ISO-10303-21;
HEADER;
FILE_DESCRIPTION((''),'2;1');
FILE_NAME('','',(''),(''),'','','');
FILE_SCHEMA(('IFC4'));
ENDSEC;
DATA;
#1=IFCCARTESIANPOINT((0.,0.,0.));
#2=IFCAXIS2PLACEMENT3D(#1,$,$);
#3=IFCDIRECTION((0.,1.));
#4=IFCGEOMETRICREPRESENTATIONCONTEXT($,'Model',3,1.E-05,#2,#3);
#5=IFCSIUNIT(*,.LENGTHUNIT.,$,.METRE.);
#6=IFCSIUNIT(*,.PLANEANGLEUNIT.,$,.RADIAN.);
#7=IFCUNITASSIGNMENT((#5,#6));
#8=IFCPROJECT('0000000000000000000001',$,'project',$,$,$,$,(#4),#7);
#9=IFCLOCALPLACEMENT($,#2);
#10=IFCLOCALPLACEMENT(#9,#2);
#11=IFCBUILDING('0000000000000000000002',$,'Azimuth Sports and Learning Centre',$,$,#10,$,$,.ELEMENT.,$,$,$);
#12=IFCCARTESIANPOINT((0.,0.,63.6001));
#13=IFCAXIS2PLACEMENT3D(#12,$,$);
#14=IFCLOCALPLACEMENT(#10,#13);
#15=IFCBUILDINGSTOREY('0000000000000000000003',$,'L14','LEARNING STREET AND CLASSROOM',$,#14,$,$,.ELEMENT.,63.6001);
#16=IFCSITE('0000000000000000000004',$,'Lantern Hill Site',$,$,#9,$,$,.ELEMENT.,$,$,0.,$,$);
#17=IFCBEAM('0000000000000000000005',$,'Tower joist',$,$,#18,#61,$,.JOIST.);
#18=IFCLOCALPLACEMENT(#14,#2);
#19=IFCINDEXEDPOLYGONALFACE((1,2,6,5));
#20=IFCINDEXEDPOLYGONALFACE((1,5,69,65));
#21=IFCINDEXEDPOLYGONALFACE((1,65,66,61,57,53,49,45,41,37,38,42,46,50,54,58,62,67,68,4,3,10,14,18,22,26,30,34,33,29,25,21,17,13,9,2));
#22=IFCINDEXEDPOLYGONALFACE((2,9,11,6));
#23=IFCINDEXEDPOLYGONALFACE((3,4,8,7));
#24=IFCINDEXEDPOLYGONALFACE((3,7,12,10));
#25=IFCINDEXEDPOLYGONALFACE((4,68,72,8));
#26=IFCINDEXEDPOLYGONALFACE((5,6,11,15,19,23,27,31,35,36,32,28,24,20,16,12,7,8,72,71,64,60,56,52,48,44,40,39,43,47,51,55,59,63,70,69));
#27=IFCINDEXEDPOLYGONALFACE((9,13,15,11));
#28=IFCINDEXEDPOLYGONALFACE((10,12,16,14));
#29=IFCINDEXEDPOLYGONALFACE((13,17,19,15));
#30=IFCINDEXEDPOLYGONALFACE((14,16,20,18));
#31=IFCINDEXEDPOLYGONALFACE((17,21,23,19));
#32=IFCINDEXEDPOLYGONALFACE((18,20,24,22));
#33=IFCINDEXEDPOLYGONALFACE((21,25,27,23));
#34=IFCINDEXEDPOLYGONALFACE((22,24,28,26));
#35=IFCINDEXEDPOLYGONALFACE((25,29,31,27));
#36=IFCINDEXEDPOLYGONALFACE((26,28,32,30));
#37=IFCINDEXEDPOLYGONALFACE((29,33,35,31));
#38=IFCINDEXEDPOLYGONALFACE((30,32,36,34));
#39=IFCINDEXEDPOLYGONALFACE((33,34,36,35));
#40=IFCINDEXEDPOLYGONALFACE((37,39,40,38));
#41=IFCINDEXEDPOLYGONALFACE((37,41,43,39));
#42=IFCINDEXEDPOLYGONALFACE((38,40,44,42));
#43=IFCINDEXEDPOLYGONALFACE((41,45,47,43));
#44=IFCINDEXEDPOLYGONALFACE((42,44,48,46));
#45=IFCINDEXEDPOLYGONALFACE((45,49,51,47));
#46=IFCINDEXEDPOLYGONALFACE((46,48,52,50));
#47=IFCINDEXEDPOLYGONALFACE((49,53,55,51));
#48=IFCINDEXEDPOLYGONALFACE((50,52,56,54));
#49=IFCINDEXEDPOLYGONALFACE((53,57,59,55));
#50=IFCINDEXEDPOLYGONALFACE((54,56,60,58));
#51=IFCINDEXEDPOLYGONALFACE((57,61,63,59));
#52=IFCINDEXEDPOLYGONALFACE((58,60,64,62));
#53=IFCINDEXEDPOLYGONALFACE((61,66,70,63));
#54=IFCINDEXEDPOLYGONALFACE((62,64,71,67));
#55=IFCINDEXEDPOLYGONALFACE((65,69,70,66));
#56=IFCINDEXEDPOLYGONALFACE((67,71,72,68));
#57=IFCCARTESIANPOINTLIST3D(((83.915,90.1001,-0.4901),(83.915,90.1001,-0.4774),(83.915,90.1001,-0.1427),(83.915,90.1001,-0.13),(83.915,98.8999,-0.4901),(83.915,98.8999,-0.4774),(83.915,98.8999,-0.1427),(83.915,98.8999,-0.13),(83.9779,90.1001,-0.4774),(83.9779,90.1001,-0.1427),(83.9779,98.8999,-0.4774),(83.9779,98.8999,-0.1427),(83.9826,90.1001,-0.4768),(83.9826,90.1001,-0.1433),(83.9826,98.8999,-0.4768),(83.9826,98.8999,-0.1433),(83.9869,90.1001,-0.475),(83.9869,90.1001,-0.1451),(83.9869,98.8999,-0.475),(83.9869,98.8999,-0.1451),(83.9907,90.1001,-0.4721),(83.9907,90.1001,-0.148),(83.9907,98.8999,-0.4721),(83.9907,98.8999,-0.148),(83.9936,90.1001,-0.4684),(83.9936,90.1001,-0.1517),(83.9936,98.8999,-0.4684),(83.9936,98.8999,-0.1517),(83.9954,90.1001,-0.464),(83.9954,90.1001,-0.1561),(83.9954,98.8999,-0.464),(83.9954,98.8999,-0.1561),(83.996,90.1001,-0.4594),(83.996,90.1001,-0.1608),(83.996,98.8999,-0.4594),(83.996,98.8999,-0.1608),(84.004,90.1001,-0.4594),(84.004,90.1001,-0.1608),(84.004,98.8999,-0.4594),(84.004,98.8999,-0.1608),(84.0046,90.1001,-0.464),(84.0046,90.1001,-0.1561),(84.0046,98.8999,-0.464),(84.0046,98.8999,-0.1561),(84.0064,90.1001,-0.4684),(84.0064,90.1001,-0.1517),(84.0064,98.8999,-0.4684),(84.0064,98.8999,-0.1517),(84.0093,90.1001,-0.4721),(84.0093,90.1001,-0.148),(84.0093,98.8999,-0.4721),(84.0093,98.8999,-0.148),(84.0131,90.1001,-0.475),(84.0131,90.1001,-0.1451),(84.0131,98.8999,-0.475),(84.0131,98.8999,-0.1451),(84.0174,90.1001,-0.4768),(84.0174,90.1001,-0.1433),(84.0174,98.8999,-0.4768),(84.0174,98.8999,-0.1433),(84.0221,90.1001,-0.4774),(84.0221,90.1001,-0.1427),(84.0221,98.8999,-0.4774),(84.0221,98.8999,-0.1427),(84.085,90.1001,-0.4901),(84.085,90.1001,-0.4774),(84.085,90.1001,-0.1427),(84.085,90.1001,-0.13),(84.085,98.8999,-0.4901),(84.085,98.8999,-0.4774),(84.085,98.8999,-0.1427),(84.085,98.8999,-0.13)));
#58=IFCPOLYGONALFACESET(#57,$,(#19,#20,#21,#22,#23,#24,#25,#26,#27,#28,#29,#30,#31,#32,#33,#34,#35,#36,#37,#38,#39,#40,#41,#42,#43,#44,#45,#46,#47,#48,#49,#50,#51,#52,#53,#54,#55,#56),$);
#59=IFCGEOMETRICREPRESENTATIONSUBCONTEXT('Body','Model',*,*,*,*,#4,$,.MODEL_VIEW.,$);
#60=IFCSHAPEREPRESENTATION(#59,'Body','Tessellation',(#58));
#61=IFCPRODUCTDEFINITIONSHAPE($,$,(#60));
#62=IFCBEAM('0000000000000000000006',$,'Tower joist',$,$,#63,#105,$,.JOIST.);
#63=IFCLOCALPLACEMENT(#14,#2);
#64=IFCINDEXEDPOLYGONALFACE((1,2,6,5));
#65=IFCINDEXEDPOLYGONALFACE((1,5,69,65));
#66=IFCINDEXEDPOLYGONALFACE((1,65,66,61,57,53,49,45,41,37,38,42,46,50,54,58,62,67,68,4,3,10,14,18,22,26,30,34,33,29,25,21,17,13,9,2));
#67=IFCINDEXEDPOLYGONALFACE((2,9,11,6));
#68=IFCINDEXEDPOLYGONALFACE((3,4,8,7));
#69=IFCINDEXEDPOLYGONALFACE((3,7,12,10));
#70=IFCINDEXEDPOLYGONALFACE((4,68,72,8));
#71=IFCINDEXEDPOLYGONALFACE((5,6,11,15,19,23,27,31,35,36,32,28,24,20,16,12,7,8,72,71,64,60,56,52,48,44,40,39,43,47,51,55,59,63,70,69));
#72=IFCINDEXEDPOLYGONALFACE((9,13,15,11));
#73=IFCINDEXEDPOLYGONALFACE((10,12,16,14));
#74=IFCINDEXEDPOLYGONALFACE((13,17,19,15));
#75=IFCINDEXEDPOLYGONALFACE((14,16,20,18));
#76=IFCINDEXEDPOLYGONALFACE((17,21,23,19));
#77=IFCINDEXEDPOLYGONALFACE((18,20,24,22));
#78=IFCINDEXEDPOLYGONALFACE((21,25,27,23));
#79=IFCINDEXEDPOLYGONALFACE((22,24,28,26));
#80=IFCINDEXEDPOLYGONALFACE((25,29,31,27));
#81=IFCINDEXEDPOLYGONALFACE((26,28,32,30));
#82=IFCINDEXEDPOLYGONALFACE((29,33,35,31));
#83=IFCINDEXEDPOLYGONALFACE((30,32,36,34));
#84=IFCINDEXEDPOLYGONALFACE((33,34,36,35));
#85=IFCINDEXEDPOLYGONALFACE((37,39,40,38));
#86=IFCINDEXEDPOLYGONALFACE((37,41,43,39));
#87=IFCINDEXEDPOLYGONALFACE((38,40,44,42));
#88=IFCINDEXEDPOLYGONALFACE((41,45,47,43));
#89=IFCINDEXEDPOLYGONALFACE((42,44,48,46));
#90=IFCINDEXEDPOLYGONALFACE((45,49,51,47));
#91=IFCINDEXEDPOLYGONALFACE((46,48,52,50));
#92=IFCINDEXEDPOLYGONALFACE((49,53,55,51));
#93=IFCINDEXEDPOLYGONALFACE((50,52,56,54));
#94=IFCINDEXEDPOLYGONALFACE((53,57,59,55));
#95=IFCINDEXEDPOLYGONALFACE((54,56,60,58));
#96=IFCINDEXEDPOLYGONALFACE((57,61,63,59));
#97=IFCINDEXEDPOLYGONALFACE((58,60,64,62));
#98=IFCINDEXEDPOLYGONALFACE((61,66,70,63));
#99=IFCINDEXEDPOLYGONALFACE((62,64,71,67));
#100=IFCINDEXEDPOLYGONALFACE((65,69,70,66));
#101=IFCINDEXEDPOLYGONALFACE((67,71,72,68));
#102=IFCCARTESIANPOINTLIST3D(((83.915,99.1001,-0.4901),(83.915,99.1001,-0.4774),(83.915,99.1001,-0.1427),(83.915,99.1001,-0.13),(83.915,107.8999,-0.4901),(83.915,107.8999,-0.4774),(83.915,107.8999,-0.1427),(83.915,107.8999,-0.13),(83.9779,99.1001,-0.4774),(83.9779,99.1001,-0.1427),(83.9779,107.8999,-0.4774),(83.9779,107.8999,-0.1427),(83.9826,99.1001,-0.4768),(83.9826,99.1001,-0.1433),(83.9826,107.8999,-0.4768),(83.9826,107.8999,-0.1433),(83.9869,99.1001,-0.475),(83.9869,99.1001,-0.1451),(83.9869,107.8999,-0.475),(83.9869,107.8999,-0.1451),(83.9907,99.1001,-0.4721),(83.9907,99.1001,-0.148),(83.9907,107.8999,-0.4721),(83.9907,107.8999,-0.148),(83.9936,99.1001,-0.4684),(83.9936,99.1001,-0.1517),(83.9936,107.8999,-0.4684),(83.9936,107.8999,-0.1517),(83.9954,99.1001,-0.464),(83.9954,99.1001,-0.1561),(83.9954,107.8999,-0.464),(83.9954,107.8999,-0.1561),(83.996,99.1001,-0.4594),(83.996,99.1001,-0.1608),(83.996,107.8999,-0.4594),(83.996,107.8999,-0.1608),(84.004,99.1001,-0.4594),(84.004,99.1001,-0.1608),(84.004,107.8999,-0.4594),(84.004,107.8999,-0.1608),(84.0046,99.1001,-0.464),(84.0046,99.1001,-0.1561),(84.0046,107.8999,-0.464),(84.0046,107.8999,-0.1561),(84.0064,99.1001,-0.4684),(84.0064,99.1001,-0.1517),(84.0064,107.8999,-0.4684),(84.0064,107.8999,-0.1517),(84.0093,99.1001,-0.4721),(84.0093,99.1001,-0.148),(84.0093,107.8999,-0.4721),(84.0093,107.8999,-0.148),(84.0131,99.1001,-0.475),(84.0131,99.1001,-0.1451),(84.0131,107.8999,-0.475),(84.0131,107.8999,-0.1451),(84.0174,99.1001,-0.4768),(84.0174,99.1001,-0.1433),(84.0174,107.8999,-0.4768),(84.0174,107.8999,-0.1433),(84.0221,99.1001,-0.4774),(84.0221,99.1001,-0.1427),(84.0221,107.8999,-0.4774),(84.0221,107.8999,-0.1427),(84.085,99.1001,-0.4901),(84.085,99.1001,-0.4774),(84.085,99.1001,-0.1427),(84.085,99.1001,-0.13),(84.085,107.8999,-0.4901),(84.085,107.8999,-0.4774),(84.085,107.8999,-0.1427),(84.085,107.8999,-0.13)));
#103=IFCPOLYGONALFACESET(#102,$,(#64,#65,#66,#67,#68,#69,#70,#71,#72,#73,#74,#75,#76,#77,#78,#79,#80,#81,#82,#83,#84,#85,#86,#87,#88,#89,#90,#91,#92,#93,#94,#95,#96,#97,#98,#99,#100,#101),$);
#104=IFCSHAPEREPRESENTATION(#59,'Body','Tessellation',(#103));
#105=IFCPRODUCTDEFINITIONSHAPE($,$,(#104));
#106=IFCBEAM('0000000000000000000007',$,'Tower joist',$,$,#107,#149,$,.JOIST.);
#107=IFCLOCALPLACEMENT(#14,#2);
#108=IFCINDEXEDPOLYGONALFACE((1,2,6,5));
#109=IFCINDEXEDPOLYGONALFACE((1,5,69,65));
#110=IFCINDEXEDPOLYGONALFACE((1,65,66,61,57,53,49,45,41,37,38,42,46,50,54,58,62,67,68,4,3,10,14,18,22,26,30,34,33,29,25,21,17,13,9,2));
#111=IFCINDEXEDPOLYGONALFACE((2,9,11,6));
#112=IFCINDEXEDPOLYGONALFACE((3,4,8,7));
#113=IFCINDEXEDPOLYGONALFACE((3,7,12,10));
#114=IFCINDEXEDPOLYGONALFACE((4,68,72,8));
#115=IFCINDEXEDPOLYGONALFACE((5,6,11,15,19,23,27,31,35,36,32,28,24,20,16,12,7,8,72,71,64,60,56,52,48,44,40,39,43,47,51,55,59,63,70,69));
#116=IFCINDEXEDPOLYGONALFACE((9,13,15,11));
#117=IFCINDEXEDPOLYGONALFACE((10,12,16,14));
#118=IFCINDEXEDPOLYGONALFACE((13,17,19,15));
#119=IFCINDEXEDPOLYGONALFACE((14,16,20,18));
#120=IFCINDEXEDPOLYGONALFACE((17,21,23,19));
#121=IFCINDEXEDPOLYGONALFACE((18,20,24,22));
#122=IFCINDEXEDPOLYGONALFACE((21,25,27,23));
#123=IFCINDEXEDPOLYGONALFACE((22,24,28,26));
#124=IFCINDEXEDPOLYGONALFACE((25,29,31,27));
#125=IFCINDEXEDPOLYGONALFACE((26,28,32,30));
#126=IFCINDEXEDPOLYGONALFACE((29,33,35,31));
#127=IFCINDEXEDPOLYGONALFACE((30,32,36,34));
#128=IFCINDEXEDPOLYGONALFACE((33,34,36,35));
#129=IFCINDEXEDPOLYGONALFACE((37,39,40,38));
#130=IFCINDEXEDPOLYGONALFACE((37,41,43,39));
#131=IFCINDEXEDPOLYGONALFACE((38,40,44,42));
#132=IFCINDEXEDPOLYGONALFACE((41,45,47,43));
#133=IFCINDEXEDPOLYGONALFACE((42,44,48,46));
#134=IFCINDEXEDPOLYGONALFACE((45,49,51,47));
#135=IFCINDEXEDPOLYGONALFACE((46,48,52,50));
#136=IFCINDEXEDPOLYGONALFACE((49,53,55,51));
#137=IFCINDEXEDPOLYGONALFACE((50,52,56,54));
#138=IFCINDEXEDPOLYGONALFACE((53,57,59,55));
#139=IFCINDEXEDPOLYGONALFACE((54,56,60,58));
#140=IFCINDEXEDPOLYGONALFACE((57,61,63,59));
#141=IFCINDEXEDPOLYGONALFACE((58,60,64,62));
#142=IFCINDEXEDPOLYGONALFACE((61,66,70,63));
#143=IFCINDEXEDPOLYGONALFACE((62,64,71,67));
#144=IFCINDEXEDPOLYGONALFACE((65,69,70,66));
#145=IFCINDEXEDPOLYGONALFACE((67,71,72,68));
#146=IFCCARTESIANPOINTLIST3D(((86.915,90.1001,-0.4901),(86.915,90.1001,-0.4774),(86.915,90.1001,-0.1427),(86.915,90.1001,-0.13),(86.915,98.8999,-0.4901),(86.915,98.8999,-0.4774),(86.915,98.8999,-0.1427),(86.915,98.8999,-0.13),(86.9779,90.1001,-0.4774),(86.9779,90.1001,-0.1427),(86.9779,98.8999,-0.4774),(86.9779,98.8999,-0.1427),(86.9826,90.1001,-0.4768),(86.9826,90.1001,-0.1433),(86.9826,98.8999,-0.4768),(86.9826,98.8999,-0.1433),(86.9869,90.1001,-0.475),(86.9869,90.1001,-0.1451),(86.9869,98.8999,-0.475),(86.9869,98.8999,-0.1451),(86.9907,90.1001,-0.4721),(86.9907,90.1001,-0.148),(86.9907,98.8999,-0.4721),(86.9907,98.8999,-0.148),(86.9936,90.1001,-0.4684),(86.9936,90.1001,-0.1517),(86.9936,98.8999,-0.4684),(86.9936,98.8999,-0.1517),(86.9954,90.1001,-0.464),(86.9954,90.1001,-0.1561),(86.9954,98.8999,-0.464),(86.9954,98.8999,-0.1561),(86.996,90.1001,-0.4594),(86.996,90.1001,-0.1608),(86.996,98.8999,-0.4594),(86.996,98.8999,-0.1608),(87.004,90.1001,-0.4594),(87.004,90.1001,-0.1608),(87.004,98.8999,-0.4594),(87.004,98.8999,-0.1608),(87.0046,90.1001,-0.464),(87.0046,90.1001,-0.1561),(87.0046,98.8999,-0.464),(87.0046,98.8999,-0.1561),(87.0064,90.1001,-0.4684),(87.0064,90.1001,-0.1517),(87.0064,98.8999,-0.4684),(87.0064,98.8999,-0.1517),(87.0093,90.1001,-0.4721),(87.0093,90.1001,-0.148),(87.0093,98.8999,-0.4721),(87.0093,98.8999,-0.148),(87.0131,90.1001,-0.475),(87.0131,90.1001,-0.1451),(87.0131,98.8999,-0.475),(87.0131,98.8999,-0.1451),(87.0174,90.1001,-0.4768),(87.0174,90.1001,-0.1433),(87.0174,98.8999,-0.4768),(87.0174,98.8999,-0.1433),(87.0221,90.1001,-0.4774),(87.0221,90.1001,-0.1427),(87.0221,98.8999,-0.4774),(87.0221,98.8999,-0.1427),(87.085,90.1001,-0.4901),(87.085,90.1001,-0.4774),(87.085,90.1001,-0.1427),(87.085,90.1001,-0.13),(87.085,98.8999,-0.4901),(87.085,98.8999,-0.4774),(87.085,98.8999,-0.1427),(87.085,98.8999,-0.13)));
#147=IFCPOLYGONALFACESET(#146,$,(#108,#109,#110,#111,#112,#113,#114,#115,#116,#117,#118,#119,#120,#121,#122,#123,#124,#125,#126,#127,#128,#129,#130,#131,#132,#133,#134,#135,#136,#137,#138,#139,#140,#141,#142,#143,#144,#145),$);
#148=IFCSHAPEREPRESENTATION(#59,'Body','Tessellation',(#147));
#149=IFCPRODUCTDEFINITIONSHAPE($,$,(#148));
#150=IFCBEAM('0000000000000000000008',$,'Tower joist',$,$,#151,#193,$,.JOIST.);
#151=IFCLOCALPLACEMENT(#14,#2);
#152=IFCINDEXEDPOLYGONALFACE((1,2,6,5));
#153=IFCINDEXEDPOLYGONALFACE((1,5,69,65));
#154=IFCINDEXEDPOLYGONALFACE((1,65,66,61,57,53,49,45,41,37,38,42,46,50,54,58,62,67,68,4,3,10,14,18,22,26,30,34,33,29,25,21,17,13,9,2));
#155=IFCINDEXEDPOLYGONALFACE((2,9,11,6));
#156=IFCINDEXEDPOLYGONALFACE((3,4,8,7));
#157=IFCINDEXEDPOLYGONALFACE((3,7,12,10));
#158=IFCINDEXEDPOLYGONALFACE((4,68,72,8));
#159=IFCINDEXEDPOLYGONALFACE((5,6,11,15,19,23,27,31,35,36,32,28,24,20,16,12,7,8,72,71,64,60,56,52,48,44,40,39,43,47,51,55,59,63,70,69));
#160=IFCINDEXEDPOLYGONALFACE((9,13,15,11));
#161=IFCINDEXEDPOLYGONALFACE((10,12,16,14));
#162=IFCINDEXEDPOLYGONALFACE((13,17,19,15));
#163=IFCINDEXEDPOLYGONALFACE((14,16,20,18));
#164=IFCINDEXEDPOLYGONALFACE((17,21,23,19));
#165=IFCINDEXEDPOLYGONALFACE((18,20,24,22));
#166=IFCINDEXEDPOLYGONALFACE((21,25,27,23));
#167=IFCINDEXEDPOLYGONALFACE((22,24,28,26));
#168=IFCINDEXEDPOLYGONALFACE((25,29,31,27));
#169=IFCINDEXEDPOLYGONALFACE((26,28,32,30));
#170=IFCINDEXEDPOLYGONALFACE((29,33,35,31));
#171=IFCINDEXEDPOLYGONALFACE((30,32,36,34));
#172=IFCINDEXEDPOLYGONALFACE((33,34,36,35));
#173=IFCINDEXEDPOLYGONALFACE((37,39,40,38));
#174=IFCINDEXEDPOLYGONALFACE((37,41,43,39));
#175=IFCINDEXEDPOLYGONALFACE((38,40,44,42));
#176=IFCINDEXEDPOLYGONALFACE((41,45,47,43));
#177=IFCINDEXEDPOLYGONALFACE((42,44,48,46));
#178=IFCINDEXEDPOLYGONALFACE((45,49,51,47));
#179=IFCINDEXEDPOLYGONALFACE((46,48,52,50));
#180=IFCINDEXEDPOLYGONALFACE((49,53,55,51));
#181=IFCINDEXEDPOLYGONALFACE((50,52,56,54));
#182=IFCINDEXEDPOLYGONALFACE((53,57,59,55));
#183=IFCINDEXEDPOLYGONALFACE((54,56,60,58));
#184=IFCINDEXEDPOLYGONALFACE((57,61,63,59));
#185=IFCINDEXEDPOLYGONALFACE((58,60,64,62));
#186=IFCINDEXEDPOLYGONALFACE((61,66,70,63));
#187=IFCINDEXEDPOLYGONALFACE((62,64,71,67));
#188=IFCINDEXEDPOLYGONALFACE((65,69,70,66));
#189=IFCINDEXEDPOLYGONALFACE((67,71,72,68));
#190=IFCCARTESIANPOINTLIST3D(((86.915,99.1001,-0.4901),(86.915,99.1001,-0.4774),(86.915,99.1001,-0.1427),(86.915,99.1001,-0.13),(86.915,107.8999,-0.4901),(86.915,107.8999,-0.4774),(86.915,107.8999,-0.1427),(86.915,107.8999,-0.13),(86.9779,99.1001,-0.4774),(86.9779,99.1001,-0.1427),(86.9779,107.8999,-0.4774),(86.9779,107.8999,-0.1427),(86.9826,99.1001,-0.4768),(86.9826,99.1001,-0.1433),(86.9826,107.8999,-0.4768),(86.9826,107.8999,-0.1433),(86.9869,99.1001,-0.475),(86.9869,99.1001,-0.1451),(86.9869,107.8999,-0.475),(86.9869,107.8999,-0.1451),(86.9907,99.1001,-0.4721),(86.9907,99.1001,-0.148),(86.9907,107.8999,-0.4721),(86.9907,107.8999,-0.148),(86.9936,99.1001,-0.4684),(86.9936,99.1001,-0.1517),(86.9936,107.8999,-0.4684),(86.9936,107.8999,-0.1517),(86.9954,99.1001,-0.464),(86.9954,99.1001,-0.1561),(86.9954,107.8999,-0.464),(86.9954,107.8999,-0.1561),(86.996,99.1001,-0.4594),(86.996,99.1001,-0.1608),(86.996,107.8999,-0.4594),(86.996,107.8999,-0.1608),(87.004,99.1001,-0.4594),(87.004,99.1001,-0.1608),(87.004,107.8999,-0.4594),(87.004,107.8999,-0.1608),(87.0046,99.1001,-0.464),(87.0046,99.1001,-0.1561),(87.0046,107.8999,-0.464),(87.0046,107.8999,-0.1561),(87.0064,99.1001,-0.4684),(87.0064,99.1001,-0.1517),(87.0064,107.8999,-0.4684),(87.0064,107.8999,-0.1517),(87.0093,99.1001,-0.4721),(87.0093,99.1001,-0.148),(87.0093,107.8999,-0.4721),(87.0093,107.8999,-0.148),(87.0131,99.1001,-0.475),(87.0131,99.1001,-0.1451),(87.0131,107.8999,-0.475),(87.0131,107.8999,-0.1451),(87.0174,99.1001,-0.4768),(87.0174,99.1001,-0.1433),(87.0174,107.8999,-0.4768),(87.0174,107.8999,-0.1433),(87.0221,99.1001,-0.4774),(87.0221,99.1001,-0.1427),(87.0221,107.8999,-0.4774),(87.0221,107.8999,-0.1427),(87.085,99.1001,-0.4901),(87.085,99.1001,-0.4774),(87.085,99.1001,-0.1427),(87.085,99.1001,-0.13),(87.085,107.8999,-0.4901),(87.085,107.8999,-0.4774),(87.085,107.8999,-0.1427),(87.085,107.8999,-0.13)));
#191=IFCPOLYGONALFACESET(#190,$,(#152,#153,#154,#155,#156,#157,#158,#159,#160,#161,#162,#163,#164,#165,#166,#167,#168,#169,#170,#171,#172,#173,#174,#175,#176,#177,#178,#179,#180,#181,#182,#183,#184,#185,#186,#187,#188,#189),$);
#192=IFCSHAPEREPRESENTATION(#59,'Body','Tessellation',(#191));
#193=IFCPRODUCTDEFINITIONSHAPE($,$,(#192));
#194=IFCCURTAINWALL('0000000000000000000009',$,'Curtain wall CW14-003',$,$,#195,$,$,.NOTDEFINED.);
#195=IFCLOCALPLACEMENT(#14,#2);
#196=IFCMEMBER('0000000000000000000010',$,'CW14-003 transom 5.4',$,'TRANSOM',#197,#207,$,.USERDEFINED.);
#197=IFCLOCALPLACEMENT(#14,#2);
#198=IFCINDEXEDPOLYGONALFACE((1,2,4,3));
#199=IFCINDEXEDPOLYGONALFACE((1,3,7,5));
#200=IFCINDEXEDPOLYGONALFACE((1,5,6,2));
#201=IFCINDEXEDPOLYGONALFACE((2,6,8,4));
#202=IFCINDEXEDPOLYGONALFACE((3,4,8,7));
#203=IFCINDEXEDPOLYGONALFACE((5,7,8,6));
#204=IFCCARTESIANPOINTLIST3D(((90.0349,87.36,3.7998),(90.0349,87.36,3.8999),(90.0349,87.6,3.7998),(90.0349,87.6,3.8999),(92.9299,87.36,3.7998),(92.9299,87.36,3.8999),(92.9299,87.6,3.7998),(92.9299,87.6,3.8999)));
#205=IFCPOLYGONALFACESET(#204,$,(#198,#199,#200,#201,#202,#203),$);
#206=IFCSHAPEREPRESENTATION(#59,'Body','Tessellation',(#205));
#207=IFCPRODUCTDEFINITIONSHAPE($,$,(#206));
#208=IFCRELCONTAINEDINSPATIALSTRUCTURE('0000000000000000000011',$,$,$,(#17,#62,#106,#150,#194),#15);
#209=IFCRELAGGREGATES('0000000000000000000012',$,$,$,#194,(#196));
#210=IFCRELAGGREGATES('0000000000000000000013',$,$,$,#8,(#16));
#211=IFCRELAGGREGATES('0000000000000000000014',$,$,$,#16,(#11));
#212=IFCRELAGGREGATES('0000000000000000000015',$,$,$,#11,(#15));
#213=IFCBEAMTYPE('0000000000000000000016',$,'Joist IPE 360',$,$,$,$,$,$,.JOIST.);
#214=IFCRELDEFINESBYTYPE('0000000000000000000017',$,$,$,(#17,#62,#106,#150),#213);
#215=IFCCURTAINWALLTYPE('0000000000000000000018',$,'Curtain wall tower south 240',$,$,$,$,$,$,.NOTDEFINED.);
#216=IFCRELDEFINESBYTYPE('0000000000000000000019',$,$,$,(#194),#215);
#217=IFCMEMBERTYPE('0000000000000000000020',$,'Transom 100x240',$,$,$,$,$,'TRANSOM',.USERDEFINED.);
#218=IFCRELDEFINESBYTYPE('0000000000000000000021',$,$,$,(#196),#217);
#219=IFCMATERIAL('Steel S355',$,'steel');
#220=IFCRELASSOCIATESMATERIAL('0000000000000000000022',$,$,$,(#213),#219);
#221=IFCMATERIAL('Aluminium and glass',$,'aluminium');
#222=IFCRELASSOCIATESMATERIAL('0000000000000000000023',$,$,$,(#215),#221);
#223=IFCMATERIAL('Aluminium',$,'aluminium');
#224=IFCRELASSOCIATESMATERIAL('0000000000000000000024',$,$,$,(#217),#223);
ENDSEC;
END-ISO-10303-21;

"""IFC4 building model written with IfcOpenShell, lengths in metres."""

from ifc_helpers import new_model, si_unit, direction, frame, origin, origin_2d, place, context, subcontext, project, spatial, rectangle, i_section, extrude, material, material_profile, profile_set, type_object, element, aggregate, save


model = new_model("IFC4")

# Units and contexts
model_context = context("Model", 3, precision=1e-05, world=origin(), true_north=direction((0.0, 1.0)))
body_context = subcontext(model_context, "Body", "Model", "MODEL_VIEW")
ifc_project = project(units=[si_unit("LENGTHUNIT", "METRE"), si_unit("PLANEANGLEUNIT", "RADIAN")], contexts=[model_context])

# Site, building, storey
site_placement = place(None, origin())
site = spatial("IfcSite", under=ifc_project, at=site_placement, Name="Lantern Hill Site", CompositionType="ELEMENT", RefElevation=0.0)
building_placement = place(site_placement, origin())
building = spatial("IfcBuilding", under=site, at=building_placement, Name="Azimuth Sports and Learning Centre", CompositionType="ELEMENT")
storey_placement = place(building_placement, frame((0.0, 0.0, 63.6001)))
storey = spatial("IfcBuildingStorey", under=building, at=storey_placement, Name="L14", Description="LEARNING STREET AND CLASSROOM", CompositionType="ELEMENT", Elevation=63.6001)

# Beams
ifc_material_1 = material(Name="Steel S355", Category="steel")
ifc_material_profile_1 = material_profile(ifc_material_1, i_section(OverallWidth=0.1699, OverallDepth=0.3601, WebThickness=0.0081, FlangeThickness=0.0127, FilletRadius=0.0181, at=origin_2d()), Name="IPE 360")
ifc_profile_set_1 = profile_set([ifc_material_profile_1], Name="Steel S355")
beam_type_1 = type_object("IfcBeamType", Name="Joist IPE 360", PredefinedType="JOIST", material=ifc_profile_set_1)
for number, where, z_axis, x_axis, name in (
    (1, (84.0, 90.1001, -0.3101), (0.0, 1.0, 0.0), (-1.0, 0.0, 0.0), "Tower joist"),
    (2, (84.0, 99.1001, -0.3101), (0.0, 1.0, 0.0), (-1.0, 0.0, 0.0), "Tower joist"),
    (3, (87.0, 90.1001, -0.3101), (0.0, 1.0, 0.0), (-1.0, 0.0, 0.0), "Tower joist"),
    (4, (87.0, 99.1001, -0.3101), (0.0, 1.0, 0.0), (-1.0, 0.0, 0.0), "Tower joist"),
):
    element("IfcBeam", number, at=place(storey_placement, frame(where, z_axis=z_axis, x_axis=x_axis)), inside=storey, type_object=beam_type_1, Name=name, PredefinedType="JOIST", context=body_context, shape_type="SweptSolid", body=[
        extrude(i_section(OverallWidth=0.1699, OverallDepth=0.3601, WebThickness=0.0081, FlangeThickness=0.0127, FilletRadius=0.0181, at=origin_2d()), origin(), (0.0, 0.0, 1.0), 8.7998),
    ])

# Curtain wall, member
ifc_material_2 = material(Name="Aluminium and glass", Category="aluminium")
curtain_wall_type = type_object("IfcCurtainWallType", Name="Curtain wall tower south 240", PredefinedType="NOTDEFINED", material=ifc_material_2)
curtain_wall_placement = place(storey_placement, origin())
curtain_wall = element("IfcCurtainWall", 5, at=curtain_wall_placement, inside=storey, type_object=curtain_wall_type, Name="Curtain wall CW14-003", PredefinedType="NOTDEFINED")
ifc_material_3 = material(Name="Aluminium", Category="aluminium")
ifc_material_profile_2 = material_profile(ifc_material_3, rectangle(XDim=0.24, YDim=0.1001, at=origin_2d()), Name="Transom 100x240")
ifc_profile_set_2 = profile_set([ifc_material_profile_2], Name="Aluminium")
member_type = type_object("IfcMemberType", Name="Transom 100x240", ElementType="TRANSOM", PredefinedType="USERDEFINED", material=ifc_profile_set_2)
member_placement = place(storey_placement, frame((90.0349, 87.48, 3.8499), z_axis=(1.0, 0.0, 0.0), x_axis=(0.0, 1.0, 0.0)))
member = element("IfcMember", 6, at=member_placement, type_object=member_type, Name="CW14-003 transom 5.4", ObjectType="TRANSOM", PredefinedType="USERDEFINED", context=body_context, shape_type="SweptSolid", body=[
    extrude(rectangle(XDim=0.24, YDim=0.1001, at=origin_2d()), origin(), (0.0, 0.0, 1.0), 2.895),
])
aggregate(curtain_wall, [member])

save(model, "model.ifc")
